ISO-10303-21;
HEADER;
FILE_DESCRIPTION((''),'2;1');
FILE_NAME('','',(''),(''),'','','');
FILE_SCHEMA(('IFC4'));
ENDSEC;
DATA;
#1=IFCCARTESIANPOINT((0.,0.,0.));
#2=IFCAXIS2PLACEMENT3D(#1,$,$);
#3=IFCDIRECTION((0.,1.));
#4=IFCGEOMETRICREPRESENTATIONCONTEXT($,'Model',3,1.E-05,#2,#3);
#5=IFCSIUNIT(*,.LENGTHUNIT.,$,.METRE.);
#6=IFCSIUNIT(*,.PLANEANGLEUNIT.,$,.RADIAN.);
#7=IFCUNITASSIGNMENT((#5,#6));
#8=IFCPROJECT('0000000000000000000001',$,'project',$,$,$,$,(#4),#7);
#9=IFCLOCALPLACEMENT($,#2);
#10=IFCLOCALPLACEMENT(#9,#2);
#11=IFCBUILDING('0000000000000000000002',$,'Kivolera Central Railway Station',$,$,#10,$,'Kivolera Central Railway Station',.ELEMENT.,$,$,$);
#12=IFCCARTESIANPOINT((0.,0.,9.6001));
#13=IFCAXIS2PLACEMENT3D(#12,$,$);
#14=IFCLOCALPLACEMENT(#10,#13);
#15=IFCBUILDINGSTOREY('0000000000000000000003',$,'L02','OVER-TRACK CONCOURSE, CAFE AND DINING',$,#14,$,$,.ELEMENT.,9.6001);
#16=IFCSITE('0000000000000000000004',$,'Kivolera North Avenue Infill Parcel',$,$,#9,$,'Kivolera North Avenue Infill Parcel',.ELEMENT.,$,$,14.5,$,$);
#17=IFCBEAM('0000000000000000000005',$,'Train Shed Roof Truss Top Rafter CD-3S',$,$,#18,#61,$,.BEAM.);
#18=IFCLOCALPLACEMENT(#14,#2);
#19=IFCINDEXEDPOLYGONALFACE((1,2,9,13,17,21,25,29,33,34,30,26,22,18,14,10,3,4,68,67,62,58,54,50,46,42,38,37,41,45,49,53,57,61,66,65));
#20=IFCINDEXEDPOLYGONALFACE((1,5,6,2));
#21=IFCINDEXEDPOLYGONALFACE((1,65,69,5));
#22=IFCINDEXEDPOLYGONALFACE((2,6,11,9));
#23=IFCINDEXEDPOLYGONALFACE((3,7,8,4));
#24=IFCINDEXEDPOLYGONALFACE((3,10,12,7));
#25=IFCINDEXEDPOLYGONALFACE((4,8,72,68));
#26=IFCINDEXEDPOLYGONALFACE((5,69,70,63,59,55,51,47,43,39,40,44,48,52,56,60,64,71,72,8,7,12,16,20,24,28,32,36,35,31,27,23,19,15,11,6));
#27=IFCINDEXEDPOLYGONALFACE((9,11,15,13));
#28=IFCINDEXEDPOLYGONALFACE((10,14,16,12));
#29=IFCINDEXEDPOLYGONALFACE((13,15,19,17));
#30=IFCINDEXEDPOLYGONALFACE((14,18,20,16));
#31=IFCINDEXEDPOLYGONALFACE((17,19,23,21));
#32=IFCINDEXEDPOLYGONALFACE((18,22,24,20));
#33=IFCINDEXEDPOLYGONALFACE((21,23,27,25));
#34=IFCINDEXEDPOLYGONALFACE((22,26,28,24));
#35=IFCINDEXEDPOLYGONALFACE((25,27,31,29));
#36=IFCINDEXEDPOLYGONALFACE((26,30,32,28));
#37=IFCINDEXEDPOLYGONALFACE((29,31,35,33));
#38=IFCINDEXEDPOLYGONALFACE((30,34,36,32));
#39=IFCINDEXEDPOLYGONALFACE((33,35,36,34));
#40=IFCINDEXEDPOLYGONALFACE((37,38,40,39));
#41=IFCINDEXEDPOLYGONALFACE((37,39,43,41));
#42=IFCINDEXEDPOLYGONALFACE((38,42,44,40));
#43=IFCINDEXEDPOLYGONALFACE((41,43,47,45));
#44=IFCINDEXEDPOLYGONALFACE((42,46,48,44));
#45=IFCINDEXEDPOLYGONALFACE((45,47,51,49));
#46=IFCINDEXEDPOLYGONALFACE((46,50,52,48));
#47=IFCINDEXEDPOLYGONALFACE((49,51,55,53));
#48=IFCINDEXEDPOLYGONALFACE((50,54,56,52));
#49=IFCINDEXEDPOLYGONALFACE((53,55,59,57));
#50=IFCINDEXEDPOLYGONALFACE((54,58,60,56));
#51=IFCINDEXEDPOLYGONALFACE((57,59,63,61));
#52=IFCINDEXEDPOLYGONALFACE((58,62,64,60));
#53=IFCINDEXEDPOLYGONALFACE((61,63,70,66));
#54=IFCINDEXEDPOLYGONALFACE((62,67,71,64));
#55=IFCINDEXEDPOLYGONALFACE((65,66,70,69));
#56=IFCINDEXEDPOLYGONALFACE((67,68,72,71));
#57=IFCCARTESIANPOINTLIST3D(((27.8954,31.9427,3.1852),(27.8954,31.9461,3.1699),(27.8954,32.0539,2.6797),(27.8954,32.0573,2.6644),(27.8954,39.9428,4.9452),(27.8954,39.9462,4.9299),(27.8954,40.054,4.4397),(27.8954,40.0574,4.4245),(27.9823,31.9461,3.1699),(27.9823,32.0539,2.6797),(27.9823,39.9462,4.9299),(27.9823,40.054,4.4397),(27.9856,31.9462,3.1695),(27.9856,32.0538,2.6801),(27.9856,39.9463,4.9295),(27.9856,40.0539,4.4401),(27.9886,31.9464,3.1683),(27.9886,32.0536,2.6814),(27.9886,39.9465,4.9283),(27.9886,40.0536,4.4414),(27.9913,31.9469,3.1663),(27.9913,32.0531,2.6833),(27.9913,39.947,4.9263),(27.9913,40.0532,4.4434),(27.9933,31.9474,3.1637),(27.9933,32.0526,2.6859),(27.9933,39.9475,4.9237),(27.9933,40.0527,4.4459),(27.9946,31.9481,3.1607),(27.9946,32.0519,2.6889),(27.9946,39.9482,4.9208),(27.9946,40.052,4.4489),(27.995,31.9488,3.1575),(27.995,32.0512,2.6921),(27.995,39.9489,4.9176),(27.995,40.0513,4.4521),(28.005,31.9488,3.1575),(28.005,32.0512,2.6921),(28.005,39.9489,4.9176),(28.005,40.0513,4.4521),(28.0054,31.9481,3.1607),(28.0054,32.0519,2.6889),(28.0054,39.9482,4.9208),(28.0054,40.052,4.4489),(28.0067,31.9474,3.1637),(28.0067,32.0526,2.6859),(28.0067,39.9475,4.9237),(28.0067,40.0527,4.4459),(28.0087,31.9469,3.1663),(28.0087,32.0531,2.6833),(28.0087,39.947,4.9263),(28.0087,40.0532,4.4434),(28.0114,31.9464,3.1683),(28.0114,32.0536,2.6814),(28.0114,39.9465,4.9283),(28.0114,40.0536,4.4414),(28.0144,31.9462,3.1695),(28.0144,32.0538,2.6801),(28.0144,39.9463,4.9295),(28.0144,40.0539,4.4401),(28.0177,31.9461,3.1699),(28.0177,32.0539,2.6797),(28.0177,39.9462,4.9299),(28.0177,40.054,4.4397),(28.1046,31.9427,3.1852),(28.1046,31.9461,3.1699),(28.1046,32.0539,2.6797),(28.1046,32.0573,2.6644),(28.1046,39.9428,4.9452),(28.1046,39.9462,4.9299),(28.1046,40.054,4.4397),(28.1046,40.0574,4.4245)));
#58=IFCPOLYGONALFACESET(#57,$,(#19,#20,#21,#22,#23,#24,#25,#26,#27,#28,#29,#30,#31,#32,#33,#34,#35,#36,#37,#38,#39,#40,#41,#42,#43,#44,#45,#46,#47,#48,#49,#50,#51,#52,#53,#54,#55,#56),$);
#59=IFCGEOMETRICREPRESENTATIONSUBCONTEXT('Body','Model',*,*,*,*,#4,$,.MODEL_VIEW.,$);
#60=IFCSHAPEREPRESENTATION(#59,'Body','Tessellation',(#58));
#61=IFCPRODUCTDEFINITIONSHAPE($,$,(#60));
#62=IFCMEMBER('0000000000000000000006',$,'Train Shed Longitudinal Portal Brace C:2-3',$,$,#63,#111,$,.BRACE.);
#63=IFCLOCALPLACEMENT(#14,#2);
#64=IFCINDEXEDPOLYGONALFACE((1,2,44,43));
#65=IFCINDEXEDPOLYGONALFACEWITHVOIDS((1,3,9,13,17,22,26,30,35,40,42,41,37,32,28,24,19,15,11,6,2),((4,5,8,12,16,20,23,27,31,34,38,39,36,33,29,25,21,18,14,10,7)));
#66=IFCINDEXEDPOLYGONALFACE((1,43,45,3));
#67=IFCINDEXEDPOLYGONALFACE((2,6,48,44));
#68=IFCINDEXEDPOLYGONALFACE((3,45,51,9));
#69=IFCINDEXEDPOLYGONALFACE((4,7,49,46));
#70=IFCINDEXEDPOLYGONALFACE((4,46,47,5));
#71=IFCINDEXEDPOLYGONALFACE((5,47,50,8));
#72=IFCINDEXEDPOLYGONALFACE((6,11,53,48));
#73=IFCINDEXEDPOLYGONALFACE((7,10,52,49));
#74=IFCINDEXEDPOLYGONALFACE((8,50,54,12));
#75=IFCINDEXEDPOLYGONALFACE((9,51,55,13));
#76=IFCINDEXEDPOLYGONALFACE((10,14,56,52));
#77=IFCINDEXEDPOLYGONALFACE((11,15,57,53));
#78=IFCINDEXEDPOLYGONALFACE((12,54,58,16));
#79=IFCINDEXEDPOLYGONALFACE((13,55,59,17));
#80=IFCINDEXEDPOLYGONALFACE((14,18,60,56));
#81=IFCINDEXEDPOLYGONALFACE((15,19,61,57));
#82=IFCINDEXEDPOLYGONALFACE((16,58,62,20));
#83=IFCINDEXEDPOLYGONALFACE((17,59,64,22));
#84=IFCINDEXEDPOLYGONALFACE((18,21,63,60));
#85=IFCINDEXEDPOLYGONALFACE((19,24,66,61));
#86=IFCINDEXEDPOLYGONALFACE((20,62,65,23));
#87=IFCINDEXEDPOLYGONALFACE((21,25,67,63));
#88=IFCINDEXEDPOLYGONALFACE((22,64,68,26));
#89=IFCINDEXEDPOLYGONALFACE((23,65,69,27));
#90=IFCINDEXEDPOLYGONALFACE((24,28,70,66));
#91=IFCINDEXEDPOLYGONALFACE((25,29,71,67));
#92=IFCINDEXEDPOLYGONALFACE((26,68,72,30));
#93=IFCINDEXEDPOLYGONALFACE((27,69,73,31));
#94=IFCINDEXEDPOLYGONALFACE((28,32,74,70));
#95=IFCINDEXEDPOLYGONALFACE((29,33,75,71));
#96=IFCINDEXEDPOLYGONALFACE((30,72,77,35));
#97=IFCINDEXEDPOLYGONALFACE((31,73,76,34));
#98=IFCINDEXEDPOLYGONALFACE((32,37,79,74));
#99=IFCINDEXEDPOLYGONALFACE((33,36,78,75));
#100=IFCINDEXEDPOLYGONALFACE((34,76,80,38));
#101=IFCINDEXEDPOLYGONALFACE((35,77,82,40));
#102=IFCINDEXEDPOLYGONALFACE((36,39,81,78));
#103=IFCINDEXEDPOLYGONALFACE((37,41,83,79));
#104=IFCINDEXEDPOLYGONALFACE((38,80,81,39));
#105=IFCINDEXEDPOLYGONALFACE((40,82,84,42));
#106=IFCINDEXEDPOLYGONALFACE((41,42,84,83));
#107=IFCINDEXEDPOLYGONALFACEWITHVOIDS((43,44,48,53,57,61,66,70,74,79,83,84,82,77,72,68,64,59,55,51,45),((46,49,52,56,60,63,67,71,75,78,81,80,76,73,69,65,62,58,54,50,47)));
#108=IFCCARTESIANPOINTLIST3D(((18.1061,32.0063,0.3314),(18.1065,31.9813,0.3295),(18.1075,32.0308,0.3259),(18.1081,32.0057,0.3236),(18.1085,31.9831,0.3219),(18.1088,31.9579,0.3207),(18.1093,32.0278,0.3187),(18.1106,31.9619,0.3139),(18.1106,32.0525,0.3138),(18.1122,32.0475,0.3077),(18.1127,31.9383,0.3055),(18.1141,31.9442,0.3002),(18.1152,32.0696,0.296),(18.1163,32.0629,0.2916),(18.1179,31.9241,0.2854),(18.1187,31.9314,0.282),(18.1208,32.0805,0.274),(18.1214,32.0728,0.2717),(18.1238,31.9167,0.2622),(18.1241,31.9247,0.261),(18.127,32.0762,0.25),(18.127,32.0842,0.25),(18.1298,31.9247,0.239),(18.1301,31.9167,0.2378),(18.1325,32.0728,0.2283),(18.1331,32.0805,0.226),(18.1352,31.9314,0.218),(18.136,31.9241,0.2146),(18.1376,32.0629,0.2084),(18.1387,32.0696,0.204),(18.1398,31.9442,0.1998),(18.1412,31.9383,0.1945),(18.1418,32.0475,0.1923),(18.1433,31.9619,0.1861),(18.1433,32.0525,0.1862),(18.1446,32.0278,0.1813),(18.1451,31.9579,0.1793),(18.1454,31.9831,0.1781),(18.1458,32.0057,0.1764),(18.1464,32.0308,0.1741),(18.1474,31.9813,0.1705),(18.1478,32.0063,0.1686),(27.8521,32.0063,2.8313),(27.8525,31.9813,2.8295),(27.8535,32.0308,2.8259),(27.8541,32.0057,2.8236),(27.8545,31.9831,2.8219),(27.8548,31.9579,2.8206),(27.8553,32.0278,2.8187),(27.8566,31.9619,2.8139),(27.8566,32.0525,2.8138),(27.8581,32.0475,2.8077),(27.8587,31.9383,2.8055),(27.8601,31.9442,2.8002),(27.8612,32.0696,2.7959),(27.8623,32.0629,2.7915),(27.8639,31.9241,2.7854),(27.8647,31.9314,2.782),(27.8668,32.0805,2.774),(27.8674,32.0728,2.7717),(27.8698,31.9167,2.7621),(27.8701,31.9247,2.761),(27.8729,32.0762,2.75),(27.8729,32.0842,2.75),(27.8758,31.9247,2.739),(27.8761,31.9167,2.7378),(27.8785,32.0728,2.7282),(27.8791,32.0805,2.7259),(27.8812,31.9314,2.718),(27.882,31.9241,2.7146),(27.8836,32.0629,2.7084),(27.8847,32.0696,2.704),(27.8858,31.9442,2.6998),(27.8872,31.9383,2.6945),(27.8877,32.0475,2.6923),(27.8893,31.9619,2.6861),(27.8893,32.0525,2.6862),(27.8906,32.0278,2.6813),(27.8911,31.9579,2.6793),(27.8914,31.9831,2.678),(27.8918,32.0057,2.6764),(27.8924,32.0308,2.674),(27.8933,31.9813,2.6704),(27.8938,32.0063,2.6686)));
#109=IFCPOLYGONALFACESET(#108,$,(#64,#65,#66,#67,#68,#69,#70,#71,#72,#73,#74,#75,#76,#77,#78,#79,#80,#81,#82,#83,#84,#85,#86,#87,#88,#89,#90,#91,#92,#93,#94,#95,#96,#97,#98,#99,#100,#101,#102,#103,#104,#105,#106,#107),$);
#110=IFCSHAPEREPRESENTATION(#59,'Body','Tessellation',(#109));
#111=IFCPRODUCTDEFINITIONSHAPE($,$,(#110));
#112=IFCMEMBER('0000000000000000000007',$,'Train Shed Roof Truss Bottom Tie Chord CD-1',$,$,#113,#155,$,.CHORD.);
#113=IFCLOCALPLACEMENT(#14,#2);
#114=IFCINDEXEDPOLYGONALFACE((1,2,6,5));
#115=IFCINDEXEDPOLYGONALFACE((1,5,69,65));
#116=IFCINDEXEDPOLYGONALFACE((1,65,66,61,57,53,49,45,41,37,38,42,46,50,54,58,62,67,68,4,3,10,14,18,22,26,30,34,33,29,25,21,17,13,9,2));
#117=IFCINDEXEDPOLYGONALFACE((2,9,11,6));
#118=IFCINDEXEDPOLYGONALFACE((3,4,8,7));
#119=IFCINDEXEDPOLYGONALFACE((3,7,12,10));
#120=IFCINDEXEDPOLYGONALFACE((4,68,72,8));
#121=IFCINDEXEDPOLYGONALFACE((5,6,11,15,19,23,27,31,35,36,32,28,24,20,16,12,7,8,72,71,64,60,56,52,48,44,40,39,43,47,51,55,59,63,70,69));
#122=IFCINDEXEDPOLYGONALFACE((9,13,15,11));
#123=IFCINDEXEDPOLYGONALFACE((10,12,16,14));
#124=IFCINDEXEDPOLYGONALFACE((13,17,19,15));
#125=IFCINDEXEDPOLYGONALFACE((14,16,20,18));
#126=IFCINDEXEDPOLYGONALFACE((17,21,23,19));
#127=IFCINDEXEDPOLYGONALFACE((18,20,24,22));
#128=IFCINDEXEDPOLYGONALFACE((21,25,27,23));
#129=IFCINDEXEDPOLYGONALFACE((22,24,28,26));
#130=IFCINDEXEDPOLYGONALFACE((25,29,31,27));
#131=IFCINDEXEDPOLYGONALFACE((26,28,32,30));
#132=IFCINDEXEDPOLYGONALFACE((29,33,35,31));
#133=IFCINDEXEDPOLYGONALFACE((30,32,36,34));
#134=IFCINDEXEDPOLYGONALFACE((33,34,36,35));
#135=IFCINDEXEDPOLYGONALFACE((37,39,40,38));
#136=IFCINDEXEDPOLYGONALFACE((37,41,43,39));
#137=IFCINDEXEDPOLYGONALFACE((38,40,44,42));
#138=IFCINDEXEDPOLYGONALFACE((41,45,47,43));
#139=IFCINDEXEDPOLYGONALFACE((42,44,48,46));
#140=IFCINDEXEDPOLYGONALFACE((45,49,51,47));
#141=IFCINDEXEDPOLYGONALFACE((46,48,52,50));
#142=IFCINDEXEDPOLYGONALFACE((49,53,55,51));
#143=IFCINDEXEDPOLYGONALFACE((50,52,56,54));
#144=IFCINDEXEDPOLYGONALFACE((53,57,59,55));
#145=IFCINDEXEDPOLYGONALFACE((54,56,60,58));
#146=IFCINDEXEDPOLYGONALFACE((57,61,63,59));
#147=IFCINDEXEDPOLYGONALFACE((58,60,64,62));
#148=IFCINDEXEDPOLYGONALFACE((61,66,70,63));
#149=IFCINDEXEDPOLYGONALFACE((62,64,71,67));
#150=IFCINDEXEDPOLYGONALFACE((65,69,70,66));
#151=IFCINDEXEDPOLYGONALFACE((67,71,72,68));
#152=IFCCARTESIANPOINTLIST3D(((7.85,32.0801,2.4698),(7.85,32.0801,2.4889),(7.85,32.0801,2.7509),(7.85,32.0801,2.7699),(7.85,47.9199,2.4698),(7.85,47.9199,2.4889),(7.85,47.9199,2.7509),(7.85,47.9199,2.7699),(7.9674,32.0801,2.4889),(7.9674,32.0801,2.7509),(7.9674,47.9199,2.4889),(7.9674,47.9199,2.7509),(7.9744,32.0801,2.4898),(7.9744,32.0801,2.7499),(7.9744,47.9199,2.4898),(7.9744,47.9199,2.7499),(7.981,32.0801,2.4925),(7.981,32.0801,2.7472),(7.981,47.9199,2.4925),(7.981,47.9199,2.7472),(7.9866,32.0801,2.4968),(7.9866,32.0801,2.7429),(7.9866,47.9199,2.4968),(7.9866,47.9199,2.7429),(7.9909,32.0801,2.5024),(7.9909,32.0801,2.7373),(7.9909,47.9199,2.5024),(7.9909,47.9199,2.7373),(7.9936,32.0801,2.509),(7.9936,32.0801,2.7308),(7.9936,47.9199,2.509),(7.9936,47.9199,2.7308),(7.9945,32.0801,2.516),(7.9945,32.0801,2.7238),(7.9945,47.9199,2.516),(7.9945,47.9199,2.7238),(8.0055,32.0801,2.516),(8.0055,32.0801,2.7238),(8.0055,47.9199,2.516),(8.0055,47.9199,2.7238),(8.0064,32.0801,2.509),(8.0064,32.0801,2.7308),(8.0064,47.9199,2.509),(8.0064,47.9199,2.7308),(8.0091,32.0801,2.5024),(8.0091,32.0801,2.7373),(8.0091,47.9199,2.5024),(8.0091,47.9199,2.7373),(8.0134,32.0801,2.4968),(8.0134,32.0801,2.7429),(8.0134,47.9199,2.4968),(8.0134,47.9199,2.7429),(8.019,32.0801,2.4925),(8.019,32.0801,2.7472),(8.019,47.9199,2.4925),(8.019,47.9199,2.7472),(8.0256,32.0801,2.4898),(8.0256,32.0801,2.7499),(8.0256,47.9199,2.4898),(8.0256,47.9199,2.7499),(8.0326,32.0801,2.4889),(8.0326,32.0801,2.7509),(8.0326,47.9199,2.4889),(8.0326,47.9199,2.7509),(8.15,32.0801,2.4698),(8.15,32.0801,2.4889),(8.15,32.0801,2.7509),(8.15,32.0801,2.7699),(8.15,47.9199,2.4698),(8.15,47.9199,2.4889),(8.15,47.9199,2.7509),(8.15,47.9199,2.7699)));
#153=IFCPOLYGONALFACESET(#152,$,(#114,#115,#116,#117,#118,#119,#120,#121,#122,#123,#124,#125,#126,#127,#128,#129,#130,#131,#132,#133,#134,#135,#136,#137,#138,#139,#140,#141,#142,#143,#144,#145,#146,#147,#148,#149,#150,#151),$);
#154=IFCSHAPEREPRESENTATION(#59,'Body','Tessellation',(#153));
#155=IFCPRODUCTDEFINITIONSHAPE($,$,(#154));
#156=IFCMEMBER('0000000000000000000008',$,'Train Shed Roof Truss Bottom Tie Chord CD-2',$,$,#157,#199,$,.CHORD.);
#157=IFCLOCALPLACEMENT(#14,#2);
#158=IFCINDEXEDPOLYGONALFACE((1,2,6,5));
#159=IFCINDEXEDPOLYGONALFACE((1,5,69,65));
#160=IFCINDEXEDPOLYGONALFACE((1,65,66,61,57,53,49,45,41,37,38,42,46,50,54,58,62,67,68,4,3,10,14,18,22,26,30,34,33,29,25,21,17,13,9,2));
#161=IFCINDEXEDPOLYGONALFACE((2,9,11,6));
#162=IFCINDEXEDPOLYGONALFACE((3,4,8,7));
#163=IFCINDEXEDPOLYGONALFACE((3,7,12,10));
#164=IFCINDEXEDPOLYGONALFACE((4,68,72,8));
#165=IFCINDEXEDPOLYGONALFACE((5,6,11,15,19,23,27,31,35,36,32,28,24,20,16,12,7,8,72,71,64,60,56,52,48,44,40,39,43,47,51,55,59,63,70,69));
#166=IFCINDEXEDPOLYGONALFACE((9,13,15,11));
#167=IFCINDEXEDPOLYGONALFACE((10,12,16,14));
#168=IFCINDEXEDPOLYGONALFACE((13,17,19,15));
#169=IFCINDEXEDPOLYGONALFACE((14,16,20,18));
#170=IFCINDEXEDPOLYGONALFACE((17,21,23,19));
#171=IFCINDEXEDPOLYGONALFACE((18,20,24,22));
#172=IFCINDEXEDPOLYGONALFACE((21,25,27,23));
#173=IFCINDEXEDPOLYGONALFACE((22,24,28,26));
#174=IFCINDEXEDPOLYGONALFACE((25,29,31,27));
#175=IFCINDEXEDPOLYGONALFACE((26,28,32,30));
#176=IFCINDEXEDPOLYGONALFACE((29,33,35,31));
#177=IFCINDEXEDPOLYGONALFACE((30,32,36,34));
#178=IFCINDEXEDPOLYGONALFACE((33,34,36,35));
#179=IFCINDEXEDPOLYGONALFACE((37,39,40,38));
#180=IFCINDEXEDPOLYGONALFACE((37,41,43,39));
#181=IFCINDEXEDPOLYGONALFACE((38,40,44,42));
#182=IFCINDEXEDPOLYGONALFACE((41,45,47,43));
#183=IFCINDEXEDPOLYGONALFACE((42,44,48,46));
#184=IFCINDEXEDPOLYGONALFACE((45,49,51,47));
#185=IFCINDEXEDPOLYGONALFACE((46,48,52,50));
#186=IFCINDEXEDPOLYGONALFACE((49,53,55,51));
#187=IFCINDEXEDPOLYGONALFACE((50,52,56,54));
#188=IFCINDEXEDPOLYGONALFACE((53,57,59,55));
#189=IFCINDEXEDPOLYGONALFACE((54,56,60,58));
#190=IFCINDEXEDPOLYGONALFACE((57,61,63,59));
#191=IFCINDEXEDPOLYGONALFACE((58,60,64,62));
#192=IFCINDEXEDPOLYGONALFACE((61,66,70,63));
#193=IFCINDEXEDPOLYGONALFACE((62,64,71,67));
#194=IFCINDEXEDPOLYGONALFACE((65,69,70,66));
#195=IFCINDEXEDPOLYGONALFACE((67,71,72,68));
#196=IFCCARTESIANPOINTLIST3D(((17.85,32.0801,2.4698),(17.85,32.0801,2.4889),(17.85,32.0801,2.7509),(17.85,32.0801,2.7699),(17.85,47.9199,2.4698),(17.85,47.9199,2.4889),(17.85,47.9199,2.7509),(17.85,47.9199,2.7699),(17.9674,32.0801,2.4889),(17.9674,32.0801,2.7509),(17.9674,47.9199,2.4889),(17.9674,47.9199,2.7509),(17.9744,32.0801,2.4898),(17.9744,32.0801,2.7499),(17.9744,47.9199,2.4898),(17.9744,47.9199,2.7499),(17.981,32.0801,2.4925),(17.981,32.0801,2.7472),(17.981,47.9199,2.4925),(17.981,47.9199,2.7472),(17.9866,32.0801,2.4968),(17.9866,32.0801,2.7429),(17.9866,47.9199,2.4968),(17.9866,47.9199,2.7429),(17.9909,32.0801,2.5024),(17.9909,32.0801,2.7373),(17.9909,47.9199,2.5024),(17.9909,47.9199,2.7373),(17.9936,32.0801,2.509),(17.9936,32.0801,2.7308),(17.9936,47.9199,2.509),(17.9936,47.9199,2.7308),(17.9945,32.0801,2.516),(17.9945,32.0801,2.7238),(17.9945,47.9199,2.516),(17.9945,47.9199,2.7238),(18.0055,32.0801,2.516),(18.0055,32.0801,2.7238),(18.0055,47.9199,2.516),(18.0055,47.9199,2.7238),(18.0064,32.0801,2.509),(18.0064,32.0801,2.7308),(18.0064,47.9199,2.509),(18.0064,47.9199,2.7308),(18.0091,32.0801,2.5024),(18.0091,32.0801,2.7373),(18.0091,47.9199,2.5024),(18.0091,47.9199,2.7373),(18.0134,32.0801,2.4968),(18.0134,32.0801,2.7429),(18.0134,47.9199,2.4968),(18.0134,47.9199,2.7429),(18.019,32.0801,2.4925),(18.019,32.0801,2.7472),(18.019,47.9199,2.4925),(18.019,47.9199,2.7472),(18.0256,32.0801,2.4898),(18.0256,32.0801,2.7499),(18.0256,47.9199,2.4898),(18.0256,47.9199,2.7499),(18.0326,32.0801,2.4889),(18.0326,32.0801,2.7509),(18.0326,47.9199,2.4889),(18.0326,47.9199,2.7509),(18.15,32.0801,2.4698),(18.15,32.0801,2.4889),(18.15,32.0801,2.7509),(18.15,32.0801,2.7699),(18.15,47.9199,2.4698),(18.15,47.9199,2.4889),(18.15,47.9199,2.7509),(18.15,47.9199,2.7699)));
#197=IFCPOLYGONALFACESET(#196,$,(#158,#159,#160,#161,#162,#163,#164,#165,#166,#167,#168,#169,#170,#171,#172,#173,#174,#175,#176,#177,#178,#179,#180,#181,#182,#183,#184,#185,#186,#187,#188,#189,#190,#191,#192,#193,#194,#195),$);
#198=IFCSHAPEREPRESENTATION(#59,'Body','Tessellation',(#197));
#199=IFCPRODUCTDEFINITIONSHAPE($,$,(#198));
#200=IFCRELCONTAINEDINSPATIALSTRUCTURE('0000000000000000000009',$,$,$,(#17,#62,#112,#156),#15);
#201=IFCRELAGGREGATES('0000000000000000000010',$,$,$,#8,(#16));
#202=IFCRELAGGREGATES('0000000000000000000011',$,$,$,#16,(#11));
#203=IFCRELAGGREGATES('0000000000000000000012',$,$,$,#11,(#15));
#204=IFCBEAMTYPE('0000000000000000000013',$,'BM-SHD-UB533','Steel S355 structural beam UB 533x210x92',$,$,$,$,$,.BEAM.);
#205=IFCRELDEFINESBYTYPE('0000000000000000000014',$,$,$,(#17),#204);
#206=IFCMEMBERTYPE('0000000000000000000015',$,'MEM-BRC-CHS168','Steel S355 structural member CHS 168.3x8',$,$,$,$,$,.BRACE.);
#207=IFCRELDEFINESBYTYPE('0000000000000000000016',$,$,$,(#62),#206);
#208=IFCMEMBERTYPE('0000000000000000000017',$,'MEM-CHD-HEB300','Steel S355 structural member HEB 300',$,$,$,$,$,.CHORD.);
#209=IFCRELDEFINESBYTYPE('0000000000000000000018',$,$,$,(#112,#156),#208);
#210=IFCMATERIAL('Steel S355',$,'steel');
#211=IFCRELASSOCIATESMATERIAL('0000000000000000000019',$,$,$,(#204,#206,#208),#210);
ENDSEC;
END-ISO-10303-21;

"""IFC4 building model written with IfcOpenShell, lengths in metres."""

from ifc_helpers import new_model, si_unit, direction, frame, origin, origin_2d, place, context, subcontext, project, spatial, hollow_circle, i_section, extrude, material, material_profile, profile_set, type_object, element, save


model = new_model("IFC4")

# Units and contexts
model_context = context("Model", 3, precision=1e-05, world=origin(), true_north=direction((0.0, 1.0)))
body_context = subcontext(model_context, "Body", "Model", "MODEL_VIEW")
ifc_project = project(units=[si_unit("LENGTHUNIT", "METRE"), si_unit("PLANEANGLEUNIT", "RADIAN")], contexts=[model_context])

# Site, building, storey
site_placement = place(None, origin())
site = spatial("IfcSite", under=ifc_project, at=site_placement, Name="Kivolera North Avenue Infill Parcel", LongName="Kivolera North Avenue Infill Parcel", CompositionType="ELEMENT", RefElevation=14.5)
building_placement = place(site_placement, origin())
building = spatial("IfcBuilding", under=site, at=building_placement, Name="Kivolera Central Railway Station", LongName="Kivolera Central Railway Station", CompositionType="ELEMENT")
storey_placement = place(building_placement, frame((0.0, 0.0, 9.6001)))
storey = spatial("IfcBuildingStorey", under=building, at=storey_placement, Name="L02", Description="OVER-TRACK CONCOURSE, CAFE AND DINING", CompositionType="ELEMENT", Elevation=9.6001)

# Shared definitions
ifc_material_1 = material(Name="Steel S355", Category="steel")

# Beam
ifc_material_profile_1 = material_profile(ifc_material_1, i_section(OverallWidth=0.2092, OverallDepth=0.5332, WebThickness=0.01, FlangeThickness=0.0156, FilletRadius=0.0127, at=origin_2d()), Name="UB 533x210x92")
ifc_profile_set_1 = profile_set([ifc_material_profile_1], Name="Steel S355")
beam_type_1 = type_object("IfcBeamType", Name="BM-SHD-UB533", Description="Steel S355 structural beam UB 533x210x92", PredefinedType="BEAM", material=ifc_profile_set_1)
for number, where, z_axis, x_axis, name in (
    (1, (28.0, 32.0, 2.9248), (0.0, 0.976644, 0.214863), (-1.0, 0.0, 0.0), "Train Shed Roof Truss Top Rafter CD-3S"),
):
    element("IfcBeam", number, at=place(storey_placement, frame(where, z_axis=z_axis, x_axis=x_axis)), inside=storey, type_object=beam_type_1, Name=name, PredefinedType="BEAM", context=body_context, shape_type="SweptSolid", body=[
        extrude(i_section(OverallWidth=0.2092, OverallDepth=0.5332, WebThickness=0.01, FlangeThickness=0.0156, FilletRadius=0.0127, at=origin_2d()), origin(), (0.0, 0.0, 1.0), 8.1914),
    ])

# Members
ifc_material_profile_2 = material_profile(ifc_material_1, hollow_circle(Radius=0.0842, WallThickness=0.0081, at=origin_2d()), Name="CHS 168.3x8")
ifc_profile_set_2 = profile_set([ifc_material_profile_2], Name="Steel S355")
member_type_1 = type_object("IfcMemberType", Name="MEM-BRC-CHS168", Description="Steel S355 structural member CHS 168.3x8", PredefinedType="BRACE", material=ifc_profile_set_2)
member_1_placement = place(storey_placement, frame((18.127, 32.0, 0.25), z_axis=(0.96864, 0.0, 0.248469), x_axis=(0.0, 1.0, 0.0)))
element("IfcMember", 2, at=member_1_placement, inside=storey, type_object=member_type_1, Name="Train Shed Longitudinal Portal Brace C:2-3", PredefinedType="BRACE", context=body_context, shape_type="SweptSolid", body=[
    extrude(hollow_circle(Radius=0.0842, WallThickness=0.0081, at=origin_2d()), origin(), (0.0, 0.0, 1.0), 10.0615),
])
ifc_material_profile_3 = material_profile(ifc_material_1, i_section(OverallWidth=0.3, OverallDepth=0.3, WebThickness=0.011, FlangeThickness=0.019, FilletRadius=0.0271, at=origin_2d()), Name="HEB 300")
ifc_profile_set_3 = profile_set([ifc_material_profile_3], Name="Steel S355")
member_type_2 = type_object("IfcMemberType", Name="MEM-CHD-HEB300", Description="Steel S355 structural member HEB 300", PredefinedType="CHORD", material=ifc_profile_set_3)
for number, where, z_axis, x_axis, name in (
    (3, (8.0, 32.0801, 2.6199), (0.0, 1.0, 0.0), (-1.0, 0.0, 0.0), "Train Shed Roof Truss Bottom Tie Chord CD-1"),
    (4, (18.0, 32.0801, 2.6199), (0.0, 1.0, 0.0), (-1.0, 0.0, 0.0), "Train Shed Roof Truss Bottom Tie Chord CD-2"),
):
    element("IfcMember", number, at=place(storey_placement, frame(where, z_axis=z_axis, x_axis=x_axis)), inside=storey, type_object=member_type_2, Name=name, PredefinedType="CHORD", context=body_context, shape_type="SweptSolid", body=[
        extrude(i_section(OverallWidth=0.3, OverallDepth=0.3, WebThickness=0.011, FlangeThickness=0.019, FilletRadius=0.0271, at=origin_2d()), origin(), (0.0, 0.0, 1.0), 15.8398),
    ])

save(model, "model.ifc")
